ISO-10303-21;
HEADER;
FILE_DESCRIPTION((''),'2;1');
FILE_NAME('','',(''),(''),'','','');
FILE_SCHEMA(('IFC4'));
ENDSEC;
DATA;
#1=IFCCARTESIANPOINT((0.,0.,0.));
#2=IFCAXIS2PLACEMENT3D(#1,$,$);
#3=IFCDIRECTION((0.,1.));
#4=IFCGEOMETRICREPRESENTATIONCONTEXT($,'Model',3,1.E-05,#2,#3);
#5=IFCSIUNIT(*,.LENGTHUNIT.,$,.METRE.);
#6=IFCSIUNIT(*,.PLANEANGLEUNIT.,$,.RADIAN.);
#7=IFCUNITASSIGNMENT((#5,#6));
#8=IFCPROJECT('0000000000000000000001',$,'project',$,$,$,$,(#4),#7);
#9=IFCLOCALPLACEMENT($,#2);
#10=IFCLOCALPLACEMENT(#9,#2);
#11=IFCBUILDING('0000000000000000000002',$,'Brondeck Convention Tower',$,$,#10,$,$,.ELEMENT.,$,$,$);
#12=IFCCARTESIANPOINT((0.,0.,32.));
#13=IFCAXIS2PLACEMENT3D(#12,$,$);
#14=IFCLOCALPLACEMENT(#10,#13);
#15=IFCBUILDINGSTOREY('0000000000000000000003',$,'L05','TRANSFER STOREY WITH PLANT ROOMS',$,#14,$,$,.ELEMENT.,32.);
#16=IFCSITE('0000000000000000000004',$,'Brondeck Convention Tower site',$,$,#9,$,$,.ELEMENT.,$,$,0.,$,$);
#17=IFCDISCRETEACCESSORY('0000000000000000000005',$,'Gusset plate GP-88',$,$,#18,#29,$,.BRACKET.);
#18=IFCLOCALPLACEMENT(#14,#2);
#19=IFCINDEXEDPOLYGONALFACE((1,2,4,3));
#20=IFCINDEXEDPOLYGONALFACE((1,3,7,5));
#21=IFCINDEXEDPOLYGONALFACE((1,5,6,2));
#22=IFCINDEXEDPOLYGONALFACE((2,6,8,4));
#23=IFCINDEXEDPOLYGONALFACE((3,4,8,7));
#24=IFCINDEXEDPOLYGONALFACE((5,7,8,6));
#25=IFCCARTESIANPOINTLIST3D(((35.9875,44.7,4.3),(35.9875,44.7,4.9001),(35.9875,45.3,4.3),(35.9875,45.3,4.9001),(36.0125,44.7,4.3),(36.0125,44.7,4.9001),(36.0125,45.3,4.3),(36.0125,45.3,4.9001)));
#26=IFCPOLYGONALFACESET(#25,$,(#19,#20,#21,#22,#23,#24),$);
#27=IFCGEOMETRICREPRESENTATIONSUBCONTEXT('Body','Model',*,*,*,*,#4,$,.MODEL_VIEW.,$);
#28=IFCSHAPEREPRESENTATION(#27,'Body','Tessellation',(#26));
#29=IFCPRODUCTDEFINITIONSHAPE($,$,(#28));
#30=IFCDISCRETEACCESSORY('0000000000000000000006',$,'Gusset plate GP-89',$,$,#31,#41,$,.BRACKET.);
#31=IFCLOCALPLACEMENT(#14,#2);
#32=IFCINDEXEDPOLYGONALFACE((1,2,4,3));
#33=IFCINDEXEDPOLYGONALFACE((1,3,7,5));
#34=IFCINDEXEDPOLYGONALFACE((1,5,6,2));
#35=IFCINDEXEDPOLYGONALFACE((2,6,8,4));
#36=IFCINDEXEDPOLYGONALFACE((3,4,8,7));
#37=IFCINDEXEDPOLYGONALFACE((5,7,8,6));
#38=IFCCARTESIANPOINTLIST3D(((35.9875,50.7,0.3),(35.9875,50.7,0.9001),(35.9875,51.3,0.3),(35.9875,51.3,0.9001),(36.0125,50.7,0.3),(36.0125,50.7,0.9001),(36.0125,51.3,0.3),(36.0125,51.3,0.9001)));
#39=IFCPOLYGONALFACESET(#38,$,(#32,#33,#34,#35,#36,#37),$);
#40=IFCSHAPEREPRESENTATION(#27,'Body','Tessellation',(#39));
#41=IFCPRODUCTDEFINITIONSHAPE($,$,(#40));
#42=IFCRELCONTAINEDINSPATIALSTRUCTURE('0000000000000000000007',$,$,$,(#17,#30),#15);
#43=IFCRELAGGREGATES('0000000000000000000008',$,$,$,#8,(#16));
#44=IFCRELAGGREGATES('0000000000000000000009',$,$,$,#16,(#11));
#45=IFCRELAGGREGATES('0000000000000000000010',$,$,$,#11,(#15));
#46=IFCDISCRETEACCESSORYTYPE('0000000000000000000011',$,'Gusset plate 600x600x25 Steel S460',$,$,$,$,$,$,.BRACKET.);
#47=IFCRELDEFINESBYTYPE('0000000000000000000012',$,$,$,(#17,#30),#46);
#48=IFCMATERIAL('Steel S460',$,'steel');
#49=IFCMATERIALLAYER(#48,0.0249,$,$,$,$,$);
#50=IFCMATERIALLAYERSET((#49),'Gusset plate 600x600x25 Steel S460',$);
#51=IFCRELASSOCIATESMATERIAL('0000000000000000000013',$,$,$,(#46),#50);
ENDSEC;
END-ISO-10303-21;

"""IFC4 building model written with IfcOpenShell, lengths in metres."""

from ifc_helpers import new_model, si_unit, direction, frame, origin, origin_2d, place, context, subcontext, project, spatial, rectangle, extrude, material, layer, layer_set, type_object, element, save


model = new_model("IFC4")

# Units and contexts
model_context = context("Model", 3, precision=1e-05, world=origin(), true_north=direction((0.0, 1.0)))
body_context = subcontext(model_context, "Body", "Model", "MODEL_VIEW")
ifc_project = project(units=[si_unit("LENGTHUNIT", "METRE"), si_unit("PLANEANGLEUNIT", "RADIAN")], contexts=[model_context])

# Site, building, storey
site_placement = place(None, origin())
site = spatial("IfcSite", under=ifc_project, at=site_placement, Name="Brondeck Convention Tower site", CompositionType="ELEMENT", RefElevation=0.0)
building_placement = place(site_placement, origin())
building = spatial("IfcBuilding", under=site, at=building_placement, Name="Brondeck Convention Tower", CompositionType="ELEMENT")
storey_placement = place(building_placement, frame((0.0, 0.0, 32.0)))
storey = spatial("IfcBuildingStorey", under=building, at=storey_placement, Name="L05", Description="TRANSFER STOREY WITH PLANT ROOMS", CompositionType="ELEMENT", Elevation=32.0)

# Shared definitions
ifc_material_1 = material(Name="Steel S460", Category="steel")

# Discrete accessories
ifc_layer_1 = layer(ifc_material_1, 0.0249)
ifc_layer_set_1 = layer_set([ifc_layer_1], Name="Gusset plate 600x600x25 Steel S460")
discrete_accessory_type = type_object("IfcDiscreteAccessoryType", Name="Gusset plate 600x600x25 Steel S460", PredefinedType="BRACKET", material=ifc_layer_set_1)
for number, where, z_axis, x_axis, name in (
    (1, (36.0, 45.0, 4.3), (0.0, 0.0, 1.0), (0.0, 1.0, 0.0), "Gusset plate GP-88"),
    (2, (36.0, 51.0, 0.3), (0.0, 0.0, 1.0), (0.0, 1.0, 0.0), "Gusset plate GP-89"),
):
    element("IfcDiscreteAccessory", number, at=place(storey_placement, frame(where, z_axis=z_axis, x_axis=x_axis)), inside=storey, type_object=discrete_accessory_type, Name=name, PredefinedType="BRACKET", context=body_context, shape_type="SweptSolid", body=[
        extrude(rectangle(XDim=0.6001, YDim=0.0249, at=origin_2d()), origin(), (0.0, 0.0, 1.0), 0.6001),
    ])

save(model, "model.ifc")
